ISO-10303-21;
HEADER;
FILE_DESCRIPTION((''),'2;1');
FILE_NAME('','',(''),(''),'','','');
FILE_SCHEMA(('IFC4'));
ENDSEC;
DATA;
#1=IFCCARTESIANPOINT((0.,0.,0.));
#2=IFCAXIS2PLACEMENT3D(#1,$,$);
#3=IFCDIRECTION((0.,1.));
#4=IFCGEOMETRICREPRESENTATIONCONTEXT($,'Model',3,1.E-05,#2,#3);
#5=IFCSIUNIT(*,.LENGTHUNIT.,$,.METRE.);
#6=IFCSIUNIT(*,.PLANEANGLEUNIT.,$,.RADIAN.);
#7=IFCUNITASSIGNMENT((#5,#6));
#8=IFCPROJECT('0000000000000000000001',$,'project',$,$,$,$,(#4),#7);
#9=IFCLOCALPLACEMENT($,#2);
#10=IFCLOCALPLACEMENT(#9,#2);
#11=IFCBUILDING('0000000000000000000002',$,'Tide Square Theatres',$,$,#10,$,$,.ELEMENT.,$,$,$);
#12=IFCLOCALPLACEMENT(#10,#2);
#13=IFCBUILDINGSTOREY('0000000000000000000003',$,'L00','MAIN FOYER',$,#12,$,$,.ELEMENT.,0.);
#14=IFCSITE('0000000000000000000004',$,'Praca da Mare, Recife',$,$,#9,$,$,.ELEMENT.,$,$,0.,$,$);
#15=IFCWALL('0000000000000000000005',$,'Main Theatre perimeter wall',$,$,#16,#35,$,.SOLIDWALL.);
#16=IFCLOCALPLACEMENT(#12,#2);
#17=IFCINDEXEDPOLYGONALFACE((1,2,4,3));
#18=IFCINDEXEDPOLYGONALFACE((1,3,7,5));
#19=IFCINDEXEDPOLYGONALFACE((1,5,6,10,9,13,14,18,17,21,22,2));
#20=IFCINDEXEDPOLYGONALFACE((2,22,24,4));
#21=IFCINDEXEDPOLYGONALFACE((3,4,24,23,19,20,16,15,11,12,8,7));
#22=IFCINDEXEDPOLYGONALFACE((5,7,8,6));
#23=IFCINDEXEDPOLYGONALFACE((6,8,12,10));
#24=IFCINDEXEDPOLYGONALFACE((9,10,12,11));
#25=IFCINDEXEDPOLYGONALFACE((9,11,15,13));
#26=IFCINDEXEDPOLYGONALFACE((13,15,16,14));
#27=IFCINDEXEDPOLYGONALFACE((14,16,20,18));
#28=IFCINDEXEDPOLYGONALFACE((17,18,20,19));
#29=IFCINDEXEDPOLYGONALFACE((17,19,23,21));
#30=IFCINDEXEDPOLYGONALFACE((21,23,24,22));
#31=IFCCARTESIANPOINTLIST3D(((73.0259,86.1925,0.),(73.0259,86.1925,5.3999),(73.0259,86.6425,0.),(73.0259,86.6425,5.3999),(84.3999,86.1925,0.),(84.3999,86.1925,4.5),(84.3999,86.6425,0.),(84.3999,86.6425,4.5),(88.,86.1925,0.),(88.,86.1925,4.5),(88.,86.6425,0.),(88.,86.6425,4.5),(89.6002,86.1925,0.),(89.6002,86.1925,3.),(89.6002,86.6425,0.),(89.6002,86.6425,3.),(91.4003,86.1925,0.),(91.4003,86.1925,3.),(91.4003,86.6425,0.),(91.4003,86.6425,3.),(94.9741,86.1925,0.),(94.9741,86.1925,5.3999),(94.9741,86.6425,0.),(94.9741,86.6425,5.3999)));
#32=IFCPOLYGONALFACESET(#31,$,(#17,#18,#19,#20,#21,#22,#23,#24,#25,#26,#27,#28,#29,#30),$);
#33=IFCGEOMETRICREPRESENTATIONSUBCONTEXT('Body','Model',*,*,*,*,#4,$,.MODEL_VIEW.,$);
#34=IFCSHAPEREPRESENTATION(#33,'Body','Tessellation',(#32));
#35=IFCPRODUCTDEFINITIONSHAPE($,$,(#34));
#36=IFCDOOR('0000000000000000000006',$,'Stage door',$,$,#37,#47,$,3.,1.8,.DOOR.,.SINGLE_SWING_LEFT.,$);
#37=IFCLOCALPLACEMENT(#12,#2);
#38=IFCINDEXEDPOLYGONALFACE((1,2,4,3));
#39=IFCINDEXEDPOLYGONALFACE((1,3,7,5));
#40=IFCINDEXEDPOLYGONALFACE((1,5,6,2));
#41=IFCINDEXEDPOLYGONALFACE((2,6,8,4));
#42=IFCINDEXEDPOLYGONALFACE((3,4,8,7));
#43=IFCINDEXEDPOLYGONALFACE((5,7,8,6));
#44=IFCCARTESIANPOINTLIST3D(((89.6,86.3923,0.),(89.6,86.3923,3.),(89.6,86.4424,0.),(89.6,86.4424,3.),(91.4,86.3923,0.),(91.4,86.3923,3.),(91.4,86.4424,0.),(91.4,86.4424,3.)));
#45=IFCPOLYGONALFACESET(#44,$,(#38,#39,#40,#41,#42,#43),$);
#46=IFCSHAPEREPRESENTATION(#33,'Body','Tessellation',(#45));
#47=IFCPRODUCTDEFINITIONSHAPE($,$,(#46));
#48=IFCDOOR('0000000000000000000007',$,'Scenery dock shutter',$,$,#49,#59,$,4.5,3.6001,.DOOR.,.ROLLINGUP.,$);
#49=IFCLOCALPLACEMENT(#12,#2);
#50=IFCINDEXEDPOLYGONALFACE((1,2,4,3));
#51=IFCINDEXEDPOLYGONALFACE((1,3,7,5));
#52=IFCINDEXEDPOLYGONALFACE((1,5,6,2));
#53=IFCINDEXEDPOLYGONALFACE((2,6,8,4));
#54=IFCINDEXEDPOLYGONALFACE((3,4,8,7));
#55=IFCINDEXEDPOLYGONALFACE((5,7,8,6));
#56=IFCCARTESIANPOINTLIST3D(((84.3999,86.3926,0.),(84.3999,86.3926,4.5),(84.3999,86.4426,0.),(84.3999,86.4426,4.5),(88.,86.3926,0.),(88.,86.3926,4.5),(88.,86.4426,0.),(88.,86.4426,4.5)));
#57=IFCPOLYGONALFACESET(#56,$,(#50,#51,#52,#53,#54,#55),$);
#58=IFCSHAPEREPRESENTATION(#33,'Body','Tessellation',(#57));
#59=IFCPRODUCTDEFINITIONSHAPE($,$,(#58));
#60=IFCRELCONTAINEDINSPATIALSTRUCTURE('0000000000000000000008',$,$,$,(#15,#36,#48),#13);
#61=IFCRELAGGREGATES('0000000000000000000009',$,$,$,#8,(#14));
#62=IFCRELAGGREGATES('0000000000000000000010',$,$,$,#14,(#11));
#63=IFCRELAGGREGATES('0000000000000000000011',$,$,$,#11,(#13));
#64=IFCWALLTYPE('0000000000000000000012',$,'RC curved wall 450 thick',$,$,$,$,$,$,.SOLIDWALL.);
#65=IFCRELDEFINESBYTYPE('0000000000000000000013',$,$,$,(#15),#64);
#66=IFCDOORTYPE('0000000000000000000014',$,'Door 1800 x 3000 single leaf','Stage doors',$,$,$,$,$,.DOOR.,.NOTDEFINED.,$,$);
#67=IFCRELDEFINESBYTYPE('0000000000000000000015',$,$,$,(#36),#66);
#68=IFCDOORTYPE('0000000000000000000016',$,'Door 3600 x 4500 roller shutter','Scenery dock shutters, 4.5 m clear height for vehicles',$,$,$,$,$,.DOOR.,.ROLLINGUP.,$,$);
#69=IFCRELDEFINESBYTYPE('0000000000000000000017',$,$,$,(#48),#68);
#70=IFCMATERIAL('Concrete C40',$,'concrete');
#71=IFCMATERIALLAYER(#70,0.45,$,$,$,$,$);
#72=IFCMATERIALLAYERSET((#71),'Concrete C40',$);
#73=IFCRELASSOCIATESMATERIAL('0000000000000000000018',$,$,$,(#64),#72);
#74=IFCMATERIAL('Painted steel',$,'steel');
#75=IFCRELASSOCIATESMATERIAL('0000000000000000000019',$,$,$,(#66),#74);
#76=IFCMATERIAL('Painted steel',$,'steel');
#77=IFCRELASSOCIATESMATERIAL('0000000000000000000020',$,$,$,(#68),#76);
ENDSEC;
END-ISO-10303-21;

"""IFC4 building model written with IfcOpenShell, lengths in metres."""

from ifc_helpers import new_model, si_unit, direction, frame, frame_2d, origin, place, context, subcontext, project, spatial, rectangle, extrude, material, layer, layer_set, type_object, element, fill, save


model = new_model("IFC4")

# Units and contexts
model_context = context("Model", 3, precision=1e-05, world=origin(), true_north=direction((0.0, 1.0)))
body_context = subcontext(model_context, "Body", "Model", "MODEL_VIEW")
ifc_project = project(units=[si_unit("LENGTHUNIT", "METRE"), si_unit("PLANEANGLEUNIT", "RADIAN")], contexts=[model_context])

# Site, building, storey
site_placement = place(None, origin())
site = spatial("IfcSite", under=ifc_project, at=site_placement, Name="Praca da Mare, Recife", CompositionType="ELEMENT", RefElevation=0.0)
building_placement = place(site_placement, origin())
building = spatial("IfcBuilding", under=site, at=building_placement, Name="Tide Square Theatres", CompositionType="ELEMENT")
storey_placement = place(building_placement, origin())
storey = spatial("IfcBuildingStorey", under=building, at=storey_placement, Name="L00", Description="MAIN FOYER", CompositionType="ELEMENT", Elevation=0.0)

# Shared definitions
ifc_material_1 = material(Name="Concrete C40", Category="concrete")
ifc_layer_1 = layer(ifc_material_1, 0.45)
ifc_layer_set_1 = layer_set([ifc_layer_1], Name="Concrete C40")
wall_type_1 = type_object("IfcWallType", Name="RC curved wall 450 thick", PredefinedType="SOLIDWALL", material=ifc_layer_set_1)

# Wall, openings, doors
wall_1_placement = place(storey_placement, frame((94.9741, 86.4175, 0.0), z_axis=(0.0, 0.0, 1.0), x_axis=(-1.0, 0.0, 0.0)))
wall_1 = element("IfcWall", 1, at=wall_1_placement, inside=storey, type_object=wall_type_1, Name="Main Theatre perimeter wall", PredefinedType="SOLIDWALL", context=body_context, shape_type="SweptSolid", body=[
    extrude(rectangle(XDim=21.9482, YDim=0.45, at=frame_2d((10.9741, 0.0))), origin(), (0.0, 0.0, 1.0), 5.3999),
])
opening_1_placement = place(wall_1_placement, frame((6.9741, 0.0, 0.0)))
opening_1 = element("IfcOpeningElement", 2, at=opening_1_placement, cuts=wall_1, PredefinedType="OPENING", context=body_context, shape_type="SweptSolid", body=[
    extrude(rectangle(XDim=3.6001, YDim=4.5, at=frame_2d((1.8, 2.25))), frame((0.0, 0.2349, 0.0), z_axis=(0.0, -1.0, 0.0), x_axis=(1.0, 0.0, 0.0)), (0.0, 0.0, 1.0), 0.47),
])
opening_2_placement = place(wall_1_placement, frame((3.574, 0.0, 0.0)))
opening_2 = element("IfcOpeningElement", 3, at=opening_2_placement, cuts=wall_1, PredefinedType="OPENING", context=body_context, shape_type="SweptSolid", body=[
    extrude(rectangle(XDim=1.8, YDim=3.0, at=frame_2d((0.8999, 1.5))), frame((0.0, 0.2349, 0.0), z_axis=(0.0, -1.0, 0.0), x_axis=(1.0, 0.0, 0.0)), (0.0, 0.0, 1.0), 0.47),
])
ifc_material_2 = material(Name="Painted steel", Category="steel")
door_type_1 = type_object("IfcDoorType", Name="Door 1800 x 3000 single leaf", Description="Stage doors", OperationType="NOTDEFINED", PredefinedType="DOOR", material=ifc_material_2)
door_1_placement = place(opening_2_placement, frame((1.8, 0.0, 0.0), z_axis=(0.0, 0.0, 1.0), x_axis=(-1.0, 0.0, 0.0)))
door_1 = element("IfcDoor", 4, at=door_1_placement, inside=storey, type_object=door_type_1, Name="Stage door", OperationType="SINGLE_SWING_LEFT", OverallHeight=3.0, OverallWidth=1.8, PredefinedType="DOOR", context=body_context, shape_type="SweptSolid", body=[
    extrude(rectangle(XDim=1.8, YDim=3.0, at=frame_2d((0.8999, 1.5))), frame((0.0, 0.0249, 0.0), z_axis=(0.0, -1.0, 0.0), x_axis=(1.0, 0.0, 0.0)), (0.0, 0.0, 1.0), 0.05),
])
fill(opening_2, door_1)
ifc_material_3 = material(Name="Painted steel", Category="steel")
door_type_2 = type_object("IfcDoorType", Name="Door 3600 x 4500 roller shutter", Description="Scenery dock shutters, 4.5 m clear height for vehicles", OperationType="ROLLINGUP", PredefinedType="DOOR", material=ifc_material_3)
door_2_placement = place(opening_1_placement, origin())
door_2 = element("IfcDoor", 5, at=door_2_placement, inside=storey, type_object=door_type_2, Name="Scenery dock shutter", OperationType="ROLLINGUP", OverallHeight=4.5, OverallWidth=3.6001, PredefinedType="DOOR", context=body_context, shape_type="SweptSolid", body=[
    extrude(rectangle(XDim=3.6001, YDim=4.5, at=frame_2d((1.8, 2.25))), frame((0.0, 0.0249, 0.0), z_axis=(0.0, -1.0, 0.0), x_axis=(1.0, 0.0, 0.0)), (0.0, 0.0, 1.0), 0.05),
])
fill(opening_1, door_2)

save(model, "model.ifc")
